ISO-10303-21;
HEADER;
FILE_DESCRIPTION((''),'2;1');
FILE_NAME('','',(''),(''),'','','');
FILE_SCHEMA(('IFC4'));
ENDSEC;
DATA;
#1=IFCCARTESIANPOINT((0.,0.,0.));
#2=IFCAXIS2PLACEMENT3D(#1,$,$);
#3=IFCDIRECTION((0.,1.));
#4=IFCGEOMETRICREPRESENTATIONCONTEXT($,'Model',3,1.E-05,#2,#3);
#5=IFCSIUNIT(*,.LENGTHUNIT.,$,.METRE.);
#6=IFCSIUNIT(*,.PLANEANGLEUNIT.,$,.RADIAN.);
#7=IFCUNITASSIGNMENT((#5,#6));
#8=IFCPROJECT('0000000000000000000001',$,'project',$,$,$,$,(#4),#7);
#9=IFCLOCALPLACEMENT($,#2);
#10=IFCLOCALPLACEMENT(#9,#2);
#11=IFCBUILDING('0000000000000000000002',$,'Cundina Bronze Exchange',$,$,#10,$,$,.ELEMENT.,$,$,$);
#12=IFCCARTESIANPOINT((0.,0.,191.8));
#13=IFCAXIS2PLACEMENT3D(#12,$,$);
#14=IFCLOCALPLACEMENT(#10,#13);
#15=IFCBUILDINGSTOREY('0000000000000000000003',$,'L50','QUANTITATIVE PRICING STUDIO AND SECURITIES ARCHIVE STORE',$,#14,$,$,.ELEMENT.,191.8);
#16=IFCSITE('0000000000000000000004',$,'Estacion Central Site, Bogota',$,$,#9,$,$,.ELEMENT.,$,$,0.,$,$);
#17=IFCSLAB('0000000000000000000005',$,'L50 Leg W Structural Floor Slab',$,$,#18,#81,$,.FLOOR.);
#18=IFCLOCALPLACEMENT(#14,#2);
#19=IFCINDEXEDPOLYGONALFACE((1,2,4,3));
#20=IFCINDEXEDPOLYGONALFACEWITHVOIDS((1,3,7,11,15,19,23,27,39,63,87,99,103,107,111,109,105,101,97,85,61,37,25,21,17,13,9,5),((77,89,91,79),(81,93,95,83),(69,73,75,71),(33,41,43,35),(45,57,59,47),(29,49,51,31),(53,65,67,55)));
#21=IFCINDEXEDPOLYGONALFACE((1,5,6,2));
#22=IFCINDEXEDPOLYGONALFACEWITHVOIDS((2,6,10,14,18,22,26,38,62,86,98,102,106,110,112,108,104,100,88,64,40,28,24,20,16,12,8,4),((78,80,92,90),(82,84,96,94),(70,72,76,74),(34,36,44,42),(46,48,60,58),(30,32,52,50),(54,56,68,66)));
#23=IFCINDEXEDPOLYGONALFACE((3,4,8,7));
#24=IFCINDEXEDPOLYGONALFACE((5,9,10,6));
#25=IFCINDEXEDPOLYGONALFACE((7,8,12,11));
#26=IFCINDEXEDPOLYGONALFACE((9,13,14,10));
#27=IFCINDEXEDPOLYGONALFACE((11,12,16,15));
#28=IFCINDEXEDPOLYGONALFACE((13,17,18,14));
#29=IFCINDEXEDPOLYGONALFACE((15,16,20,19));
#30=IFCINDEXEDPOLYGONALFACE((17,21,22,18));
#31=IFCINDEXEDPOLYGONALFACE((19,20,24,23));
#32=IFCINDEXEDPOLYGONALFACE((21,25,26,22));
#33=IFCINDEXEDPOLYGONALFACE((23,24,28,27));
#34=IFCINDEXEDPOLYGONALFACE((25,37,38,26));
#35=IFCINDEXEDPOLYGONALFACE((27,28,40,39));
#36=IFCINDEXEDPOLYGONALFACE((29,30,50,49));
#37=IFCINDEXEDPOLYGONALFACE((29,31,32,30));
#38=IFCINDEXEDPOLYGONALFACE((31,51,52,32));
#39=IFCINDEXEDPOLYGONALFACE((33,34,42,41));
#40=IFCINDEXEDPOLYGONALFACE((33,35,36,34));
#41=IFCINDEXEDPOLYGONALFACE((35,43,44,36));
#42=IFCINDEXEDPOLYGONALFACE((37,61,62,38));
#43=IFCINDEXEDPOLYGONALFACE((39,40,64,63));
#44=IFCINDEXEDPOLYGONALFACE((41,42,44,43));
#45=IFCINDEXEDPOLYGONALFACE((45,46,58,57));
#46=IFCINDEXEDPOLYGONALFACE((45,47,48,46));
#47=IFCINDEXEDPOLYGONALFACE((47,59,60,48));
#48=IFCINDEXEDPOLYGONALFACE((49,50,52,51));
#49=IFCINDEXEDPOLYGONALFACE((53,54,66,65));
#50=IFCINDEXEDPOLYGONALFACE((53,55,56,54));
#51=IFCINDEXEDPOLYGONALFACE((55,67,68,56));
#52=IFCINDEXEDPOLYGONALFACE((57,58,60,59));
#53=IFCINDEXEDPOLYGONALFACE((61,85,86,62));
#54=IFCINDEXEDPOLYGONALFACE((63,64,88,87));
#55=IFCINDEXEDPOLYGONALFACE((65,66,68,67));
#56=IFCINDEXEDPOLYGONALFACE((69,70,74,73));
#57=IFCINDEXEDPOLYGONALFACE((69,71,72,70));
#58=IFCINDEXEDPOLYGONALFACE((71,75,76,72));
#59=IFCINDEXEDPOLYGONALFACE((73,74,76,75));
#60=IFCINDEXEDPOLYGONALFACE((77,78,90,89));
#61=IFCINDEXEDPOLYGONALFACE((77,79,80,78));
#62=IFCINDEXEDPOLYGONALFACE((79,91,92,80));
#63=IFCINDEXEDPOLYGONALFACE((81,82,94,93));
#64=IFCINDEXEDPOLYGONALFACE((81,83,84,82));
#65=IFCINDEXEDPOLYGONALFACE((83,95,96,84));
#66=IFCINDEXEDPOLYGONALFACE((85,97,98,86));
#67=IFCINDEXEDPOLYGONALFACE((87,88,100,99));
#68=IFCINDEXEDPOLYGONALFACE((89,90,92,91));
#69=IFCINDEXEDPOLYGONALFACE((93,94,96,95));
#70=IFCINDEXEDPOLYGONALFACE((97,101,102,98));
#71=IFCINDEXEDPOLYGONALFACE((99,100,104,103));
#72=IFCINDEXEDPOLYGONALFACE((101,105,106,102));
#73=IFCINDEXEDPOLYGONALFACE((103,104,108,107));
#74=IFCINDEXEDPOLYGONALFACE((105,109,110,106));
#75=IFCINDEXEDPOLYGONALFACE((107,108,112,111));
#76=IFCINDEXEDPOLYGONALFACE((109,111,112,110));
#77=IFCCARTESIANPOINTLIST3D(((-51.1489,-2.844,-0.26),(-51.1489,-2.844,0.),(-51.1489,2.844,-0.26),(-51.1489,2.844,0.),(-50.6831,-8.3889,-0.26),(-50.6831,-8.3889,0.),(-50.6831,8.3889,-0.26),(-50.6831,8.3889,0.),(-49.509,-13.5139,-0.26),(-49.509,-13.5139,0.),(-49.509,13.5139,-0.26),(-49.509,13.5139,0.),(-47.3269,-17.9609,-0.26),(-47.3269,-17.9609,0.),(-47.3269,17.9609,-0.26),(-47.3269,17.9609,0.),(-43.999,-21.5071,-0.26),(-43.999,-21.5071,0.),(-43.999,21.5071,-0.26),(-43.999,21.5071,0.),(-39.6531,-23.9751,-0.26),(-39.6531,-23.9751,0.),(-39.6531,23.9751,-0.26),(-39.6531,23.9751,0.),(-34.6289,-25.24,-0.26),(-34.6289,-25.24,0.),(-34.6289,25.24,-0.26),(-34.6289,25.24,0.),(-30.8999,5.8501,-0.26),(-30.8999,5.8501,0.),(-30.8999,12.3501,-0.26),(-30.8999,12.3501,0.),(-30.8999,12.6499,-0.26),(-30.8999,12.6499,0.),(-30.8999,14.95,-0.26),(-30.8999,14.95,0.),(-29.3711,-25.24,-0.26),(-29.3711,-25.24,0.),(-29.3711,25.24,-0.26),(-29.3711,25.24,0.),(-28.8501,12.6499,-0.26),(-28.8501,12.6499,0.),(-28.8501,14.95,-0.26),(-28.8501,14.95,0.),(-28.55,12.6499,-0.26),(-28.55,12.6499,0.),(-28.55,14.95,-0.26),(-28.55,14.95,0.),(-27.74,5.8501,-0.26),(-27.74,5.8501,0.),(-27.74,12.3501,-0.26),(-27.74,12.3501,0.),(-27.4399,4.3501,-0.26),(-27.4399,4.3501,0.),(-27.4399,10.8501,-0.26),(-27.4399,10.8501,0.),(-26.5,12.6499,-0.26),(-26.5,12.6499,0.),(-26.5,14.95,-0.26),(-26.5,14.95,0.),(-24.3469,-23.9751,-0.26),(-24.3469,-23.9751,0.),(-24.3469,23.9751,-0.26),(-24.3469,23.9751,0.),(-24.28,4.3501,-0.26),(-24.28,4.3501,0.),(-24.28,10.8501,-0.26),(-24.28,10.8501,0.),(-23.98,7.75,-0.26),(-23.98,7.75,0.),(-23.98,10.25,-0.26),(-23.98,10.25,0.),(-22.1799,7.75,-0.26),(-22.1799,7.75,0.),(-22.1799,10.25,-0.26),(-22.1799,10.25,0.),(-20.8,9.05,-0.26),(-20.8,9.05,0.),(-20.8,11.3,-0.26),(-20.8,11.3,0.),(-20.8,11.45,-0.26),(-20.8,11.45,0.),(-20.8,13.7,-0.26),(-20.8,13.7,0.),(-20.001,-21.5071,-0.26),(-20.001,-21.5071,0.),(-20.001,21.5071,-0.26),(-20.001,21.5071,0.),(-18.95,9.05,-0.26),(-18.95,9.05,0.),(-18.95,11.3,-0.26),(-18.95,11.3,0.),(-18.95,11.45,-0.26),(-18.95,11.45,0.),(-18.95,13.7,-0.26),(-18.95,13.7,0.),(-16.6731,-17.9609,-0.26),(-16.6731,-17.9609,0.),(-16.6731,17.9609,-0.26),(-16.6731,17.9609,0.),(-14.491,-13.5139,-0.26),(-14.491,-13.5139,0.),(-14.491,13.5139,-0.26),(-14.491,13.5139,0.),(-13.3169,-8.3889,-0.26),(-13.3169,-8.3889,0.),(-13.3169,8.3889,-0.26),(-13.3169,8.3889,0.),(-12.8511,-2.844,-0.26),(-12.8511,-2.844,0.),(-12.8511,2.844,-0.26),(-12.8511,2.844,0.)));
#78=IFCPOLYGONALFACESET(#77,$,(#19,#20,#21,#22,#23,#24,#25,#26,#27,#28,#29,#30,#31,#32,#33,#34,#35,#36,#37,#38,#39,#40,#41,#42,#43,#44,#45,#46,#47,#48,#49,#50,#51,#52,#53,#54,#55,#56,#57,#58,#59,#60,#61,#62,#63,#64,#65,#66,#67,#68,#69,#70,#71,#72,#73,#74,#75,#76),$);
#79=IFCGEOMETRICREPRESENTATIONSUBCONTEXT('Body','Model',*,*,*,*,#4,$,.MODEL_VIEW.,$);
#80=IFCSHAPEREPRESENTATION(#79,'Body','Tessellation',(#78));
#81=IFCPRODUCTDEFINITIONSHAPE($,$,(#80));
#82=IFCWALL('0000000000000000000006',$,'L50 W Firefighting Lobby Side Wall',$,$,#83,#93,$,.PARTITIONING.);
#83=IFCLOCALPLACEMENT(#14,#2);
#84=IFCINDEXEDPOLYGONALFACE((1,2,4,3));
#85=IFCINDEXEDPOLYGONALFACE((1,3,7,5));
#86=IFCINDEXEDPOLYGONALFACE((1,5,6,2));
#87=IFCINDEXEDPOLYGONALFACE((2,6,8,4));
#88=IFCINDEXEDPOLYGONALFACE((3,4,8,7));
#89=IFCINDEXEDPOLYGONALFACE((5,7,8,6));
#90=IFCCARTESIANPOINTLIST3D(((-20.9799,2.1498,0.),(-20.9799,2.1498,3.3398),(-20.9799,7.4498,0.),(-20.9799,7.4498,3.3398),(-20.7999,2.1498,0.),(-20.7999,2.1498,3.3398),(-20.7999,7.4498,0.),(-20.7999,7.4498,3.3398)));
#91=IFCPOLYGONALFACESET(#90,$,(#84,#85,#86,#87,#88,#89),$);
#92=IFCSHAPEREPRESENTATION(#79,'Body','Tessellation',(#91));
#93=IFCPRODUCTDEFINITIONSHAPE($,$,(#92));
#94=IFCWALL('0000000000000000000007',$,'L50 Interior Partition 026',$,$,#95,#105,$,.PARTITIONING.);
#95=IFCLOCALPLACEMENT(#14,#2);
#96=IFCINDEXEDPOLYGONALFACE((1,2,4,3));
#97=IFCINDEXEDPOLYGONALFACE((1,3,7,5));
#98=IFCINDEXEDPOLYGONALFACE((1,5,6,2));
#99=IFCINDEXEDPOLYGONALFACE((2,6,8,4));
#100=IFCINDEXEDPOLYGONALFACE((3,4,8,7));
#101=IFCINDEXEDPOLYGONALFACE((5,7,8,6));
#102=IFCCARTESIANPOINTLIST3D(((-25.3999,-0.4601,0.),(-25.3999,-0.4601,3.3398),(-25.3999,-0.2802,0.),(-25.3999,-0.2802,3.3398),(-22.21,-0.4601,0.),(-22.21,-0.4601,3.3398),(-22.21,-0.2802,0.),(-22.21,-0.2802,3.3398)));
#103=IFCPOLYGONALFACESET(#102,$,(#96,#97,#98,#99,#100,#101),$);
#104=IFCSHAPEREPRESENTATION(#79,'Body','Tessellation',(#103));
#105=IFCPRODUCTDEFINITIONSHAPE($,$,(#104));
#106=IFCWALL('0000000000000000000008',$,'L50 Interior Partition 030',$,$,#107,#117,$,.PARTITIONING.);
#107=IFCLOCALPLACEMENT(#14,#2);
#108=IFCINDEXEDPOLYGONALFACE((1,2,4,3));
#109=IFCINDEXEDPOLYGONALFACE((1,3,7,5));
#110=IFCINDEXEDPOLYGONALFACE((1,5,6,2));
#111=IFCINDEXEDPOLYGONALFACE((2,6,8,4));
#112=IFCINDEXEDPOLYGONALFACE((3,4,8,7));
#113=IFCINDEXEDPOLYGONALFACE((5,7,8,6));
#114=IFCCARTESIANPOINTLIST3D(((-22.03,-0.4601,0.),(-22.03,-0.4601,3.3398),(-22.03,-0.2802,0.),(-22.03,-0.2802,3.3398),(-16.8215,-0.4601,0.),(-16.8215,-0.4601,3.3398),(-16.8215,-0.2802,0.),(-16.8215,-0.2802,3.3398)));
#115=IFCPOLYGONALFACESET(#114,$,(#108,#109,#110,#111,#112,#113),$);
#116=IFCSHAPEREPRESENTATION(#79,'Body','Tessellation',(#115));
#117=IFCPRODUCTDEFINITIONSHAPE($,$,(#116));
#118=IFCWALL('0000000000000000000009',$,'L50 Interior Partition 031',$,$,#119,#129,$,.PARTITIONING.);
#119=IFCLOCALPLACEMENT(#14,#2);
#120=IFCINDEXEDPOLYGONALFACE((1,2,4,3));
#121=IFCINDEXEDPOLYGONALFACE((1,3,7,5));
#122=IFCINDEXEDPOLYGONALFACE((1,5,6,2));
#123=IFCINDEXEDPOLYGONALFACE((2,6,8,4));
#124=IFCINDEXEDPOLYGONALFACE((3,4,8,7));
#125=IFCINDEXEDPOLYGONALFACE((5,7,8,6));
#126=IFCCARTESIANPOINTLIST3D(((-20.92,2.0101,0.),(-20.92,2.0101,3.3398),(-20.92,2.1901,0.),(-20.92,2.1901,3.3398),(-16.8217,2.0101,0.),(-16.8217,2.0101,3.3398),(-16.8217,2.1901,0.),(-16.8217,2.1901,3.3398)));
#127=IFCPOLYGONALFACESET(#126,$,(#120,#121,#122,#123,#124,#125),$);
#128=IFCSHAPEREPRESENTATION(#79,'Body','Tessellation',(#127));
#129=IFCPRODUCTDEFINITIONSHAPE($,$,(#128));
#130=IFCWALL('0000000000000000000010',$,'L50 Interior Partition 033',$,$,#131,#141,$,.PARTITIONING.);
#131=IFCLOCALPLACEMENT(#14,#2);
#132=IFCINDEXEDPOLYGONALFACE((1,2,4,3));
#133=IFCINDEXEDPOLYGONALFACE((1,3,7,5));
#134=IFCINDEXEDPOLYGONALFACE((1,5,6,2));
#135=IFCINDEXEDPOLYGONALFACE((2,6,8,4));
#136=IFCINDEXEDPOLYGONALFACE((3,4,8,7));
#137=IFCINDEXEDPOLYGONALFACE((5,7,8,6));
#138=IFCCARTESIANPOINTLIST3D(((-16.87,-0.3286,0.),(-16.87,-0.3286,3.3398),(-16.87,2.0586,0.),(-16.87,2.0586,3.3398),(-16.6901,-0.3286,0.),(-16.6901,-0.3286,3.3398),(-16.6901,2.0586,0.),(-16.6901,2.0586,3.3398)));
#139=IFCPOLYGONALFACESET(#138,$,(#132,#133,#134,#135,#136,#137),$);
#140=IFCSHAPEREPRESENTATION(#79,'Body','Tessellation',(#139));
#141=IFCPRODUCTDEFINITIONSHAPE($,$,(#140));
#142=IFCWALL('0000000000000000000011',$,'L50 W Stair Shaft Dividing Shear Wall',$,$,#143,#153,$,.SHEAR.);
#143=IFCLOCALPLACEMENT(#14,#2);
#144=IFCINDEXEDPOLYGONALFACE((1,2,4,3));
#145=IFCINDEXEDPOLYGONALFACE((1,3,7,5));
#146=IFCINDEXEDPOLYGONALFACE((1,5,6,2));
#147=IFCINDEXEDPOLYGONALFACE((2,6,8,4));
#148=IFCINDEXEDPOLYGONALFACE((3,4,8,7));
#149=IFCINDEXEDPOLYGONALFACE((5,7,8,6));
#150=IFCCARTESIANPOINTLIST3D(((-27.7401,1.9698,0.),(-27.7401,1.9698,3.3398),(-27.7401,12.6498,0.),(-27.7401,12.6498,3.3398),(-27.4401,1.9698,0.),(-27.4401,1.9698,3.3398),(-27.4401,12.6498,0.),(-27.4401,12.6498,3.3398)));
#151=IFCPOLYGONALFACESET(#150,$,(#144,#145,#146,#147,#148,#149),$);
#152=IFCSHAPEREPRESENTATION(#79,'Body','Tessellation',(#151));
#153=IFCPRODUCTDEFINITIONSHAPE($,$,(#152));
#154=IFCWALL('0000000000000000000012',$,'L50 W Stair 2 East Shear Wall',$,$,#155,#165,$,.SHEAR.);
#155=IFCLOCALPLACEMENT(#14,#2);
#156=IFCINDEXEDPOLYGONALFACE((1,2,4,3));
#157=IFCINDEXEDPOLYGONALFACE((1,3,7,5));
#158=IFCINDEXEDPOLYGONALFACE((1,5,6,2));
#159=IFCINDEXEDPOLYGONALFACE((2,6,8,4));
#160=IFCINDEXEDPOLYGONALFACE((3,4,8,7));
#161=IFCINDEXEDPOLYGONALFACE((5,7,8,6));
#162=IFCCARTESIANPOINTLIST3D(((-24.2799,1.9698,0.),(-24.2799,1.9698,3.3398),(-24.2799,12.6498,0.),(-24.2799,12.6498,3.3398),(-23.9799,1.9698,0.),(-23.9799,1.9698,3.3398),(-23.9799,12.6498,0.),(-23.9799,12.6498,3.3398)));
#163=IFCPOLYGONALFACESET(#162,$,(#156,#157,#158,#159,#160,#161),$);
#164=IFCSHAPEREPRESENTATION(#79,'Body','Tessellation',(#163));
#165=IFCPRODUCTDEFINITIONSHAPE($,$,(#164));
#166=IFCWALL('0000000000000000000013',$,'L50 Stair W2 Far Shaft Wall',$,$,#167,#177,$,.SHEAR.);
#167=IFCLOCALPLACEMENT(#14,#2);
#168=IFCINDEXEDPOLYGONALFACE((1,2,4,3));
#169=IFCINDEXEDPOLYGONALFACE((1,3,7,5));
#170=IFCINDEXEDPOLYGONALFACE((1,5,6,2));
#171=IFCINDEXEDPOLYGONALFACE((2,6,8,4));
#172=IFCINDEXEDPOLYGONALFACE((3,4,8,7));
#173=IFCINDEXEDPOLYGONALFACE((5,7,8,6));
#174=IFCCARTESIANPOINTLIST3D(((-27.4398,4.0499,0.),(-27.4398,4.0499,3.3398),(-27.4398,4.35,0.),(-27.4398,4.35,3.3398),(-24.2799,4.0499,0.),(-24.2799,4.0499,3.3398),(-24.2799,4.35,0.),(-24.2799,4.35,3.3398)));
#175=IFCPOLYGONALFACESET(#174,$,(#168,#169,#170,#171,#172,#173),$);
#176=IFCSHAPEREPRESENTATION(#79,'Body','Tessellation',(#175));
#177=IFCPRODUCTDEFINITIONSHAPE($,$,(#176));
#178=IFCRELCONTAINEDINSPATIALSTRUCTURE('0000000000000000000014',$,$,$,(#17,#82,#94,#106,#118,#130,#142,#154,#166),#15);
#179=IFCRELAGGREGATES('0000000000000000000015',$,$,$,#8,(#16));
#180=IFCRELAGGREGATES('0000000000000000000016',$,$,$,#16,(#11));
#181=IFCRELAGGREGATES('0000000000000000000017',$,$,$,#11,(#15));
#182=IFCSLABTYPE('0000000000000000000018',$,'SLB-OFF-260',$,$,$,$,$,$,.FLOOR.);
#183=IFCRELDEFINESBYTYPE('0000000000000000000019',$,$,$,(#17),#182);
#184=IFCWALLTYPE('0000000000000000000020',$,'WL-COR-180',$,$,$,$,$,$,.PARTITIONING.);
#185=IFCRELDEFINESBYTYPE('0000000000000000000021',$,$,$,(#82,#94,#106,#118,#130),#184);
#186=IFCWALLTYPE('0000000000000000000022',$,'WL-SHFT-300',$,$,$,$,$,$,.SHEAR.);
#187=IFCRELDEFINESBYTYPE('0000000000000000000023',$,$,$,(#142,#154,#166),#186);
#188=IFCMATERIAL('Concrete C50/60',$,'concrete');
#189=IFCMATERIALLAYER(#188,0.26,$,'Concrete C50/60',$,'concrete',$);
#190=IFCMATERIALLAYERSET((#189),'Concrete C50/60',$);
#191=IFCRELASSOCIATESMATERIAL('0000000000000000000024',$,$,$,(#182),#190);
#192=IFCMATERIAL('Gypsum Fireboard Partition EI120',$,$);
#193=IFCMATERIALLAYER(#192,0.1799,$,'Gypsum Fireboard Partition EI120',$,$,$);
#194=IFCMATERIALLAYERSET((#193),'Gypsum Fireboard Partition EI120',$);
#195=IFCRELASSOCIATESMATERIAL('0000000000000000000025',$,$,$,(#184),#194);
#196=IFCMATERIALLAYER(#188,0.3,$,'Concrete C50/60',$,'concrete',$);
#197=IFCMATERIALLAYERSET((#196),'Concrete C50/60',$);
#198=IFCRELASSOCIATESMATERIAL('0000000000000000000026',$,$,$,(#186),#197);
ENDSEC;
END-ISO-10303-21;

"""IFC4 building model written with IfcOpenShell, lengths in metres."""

from ifc_helpers import new_model, si_unit, direction, frame, frame_2d, origin, place, context, subcontext, project, spatial, polyline, rectangle, outline, extrude, material, layer, layer_set, type_object, element, save


model = new_model("IFC4")

# Units and contexts
model_context = context("Model", 3, precision=1e-05, world=origin(), true_north=direction((0.0, 1.0)))
body_context = subcontext(model_context, "Body", "Model", "MODEL_VIEW")
ifc_project = project(units=[si_unit("LENGTHUNIT", "METRE"), si_unit("PLANEANGLEUNIT", "RADIAN")], contexts=[model_context])

# Site, building, storey
site_placement = place(None, origin())
site = spatial("IfcSite", under=ifc_project, at=site_placement, Name="Estacion Central Site, Bogota", CompositionType="ELEMENT", RefElevation=0.0)
building_placement = place(site_placement, origin())
building = spatial("IfcBuilding", under=site, at=building_placement, Name="Cundina Bronze Exchange", CompositionType="ELEMENT")
storey_placement = place(building_placement, frame((0.0, 0.0, 191.8)))
storey = spatial("IfcBuildingStorey", under=building, at=storey_placement, Name="L50", Description="QUANTITATIVE PRICING STUDIO AND SECURITIES ARCHIVE STORE", CompositionType="ELEMENT", Elevation=191.8)

# Shared definitions
ifc_material_1 = material(Name="Concrete C50/60", Category="concrete")

# Slab
ifc_layer_1 = layer(ifc_material_1, 0.26, Name="Concrete C50/60", Category="concrete")
ifc_layer_set_1 = layer_set([ifc_layer_1], Name="Concrete C50/60")
slab_type = type_object("IfcSlabType", Name="SLB-OFF-260", PredefinedType="FLOOR", material=ifc_layer_set_1)
slab_placement = place(storey_placement, frame((0.0, 0.0, -0.26)))
element("IfcSlab", 1, at=slab_placement, inside=storey, type_object=slab_type, Name="L50 Leg W Structural Floor Slab", PredefinedType="FLOOR", context=body_context, shape_type="SweptSolid", body=[
    extrude(outline(polyline([(-12.8511, 2.844), (-13.3169, 8.3889), (-14.491, 13.5139), (-16.6731, 17.9609), (-20.001, 21.5071), (-24.3469, 23.9751), (-29.3711, 25.24), (-34.6289, 25.24), (-39.6531, 23.9751), (-43.999, 21.5071), (-47.3269, 17.9609), (-49.509, 13.5139), (-50.6831, 8.3889), (-51.1489, 2.844), (-51.1489, -2.844), (-50.6831, -8.3889), (-49.509, -13.5139), (-47.3269, -17.9609), (-43.999, -21.5071), (-39.6531, -23.9751), (-34.6289, -25.24), (-29.3711, -25.24), (-24.3469, -23.9751), (-20.001, -21.5071), (-16.6731, -17.9609), (-14.491, -13.5139), (-13.3169, -8.3889), (-12.8511, -2.844), (-12.8511, 2.844)]), holes=[polyline([(-27.74, 5.8501), (-27.74, 12.3501), (-30.8999, 12.3501), (-30.8999, 5.8501), (-27.74, 5.8501)]), polyline([(-27.4399, 10.8501), (-27.4399, 4.3501), (-24.28, 4.3501), (-24.28, 10.8501), (-27.4399, 10.8501)]), polyline([(-23.98, 10.25), (-22.1799, 10.25), (-22.1799, 7.75), (-23.98, 7.75), (-23.98, 10.25)]), polyline([(-30.8999, 14.95), (-28.8501, 14.95), (-28.8501, 12.6499), (-30.8999, 12.6499), (-30.8999, 14.95)]), polyline([(-28.55, 14.95), (-26.5, 14.95), (-26.5, 12.6499), (-28.55, 12.6499), (-28.55, 14.95)]), polyline([(-20.8, 13.7), (-18.95, 13.7), (-18.95, 11.45), (-20.8, 11.45), (-20.8, 13.7)]), polyline([(-20.8, 11.3), (-18.95, 11.3), (-18.95, 9.05), (-20.8, 9.05), (-20.8, 11.3)])]), origin(), (0.0, 0.0, 1.0), 0.26),
])

# Wall
ifc_material_2 = material(Name="Gypsum Fireboard Partition EI120")
ifc_layer_2 = layer(ifc_material_2, 0.1799, Name="Gypsum Fireboard Partition EI120")
ifc_layer_set_2 = layer_set([ifc_layer_2], Name="Gypsum Fireboard Partition EI120")
wall_type_1 = type_object("IfcWallType", Name="WL-COR-180", PredefinedType="PARTITIONING", material=ifc_layer_set_2)
wall_1_placement = place(storey_placement, frame((-20.8899, 2.1499, 0.0), z_axis=(0.0, 0.0, 1.0), x_axis=(0.0, 1.0, 0.0)))
element("IfcWall", 2, at=wall_1_placement, inside=storey, type_object=wall_type_1, Name="L50 W Firefighting Lobby Side Wall", PredefinedType="PARTITIONING", context=body_context, shape_type="SweptSolid", body=[
    extrude(rectangle(XDim=5.3, YDim=0.1799, at=frame_2d((2.6499, 0.0))), origin(), (0.0, 0.0, 1.0), 3.3398),
])

# Walls
wall_2_placement = place(storey_placement, frame((-25.3999, -0.3701, 0.0), z_axis=(0.0, 0.0, 1.0), x_axis=(1.0, 0.0, 0.0)))
element("IfcWall", 3, at=wall_2_placement, inside=storey, type_object=wall_type_1, Name="L50 Interior Partition 026", PredefinedType="PARTITIONING", context=body_context, shape_type="SweptSolid", body=[
    extrude(rectangle(XDim=3.1899, YDim=0.1799, at=frame_2d((1.595, 0.0))), origin(), (0.0, 0.0, 1.0), 3.3398),
])
wall_3_placement = place(storey_placement, frame((-22.03, -0.3701, 0.0), z_axis=(0.0, 0.0, 1.0), x_axis=(1.0, 0.0, 0.0)))
element("IfcWall", 4, at=wall_3_placement, inside=storey, type_object=wall_type_1, Name="L50 Interior Partition 030", PredefinedType="PARTITIONING", context=body_context, shape_type="SweptSolid", body=[
    extrude(rectangle(XDim=5.2085, YDim=0.1799, at=frame_2d((2.6042, 0.0))), origin(), (0.0, 0.0, 1.0), 3.3398),
])
wall_4_placement = place(storey_placement, frame((-16.8215, 2.1001, 0.0), z_axis=(0.0, 0.0, 1.0), x_axis=(-1.0, 0.0, 0.0)))
element("IfcWall", 5, at=wall_4_placement, inside=storey, type_object=wall_type_1, Name="L50 Interior Partition 031", PredefinedType="PARTITIONING", context=body_context, shape_type="SweptSolid", body=[
    extrude(rectangle(XDim=4.0984, YDim=0.1799, at=frame_2d((2.0493, 0.0))), origin(), (0.0, 0.0, 1.0), 3.3398),
])
wall_5_placement = place(storey_placement, frame((-16.78, -0.3286, 0.0), z_axis=(0.0, 0.0, 1.0), x_axis=(0.0, 1.0, 0.0)))
element("IfcWall", 6, at=wall_5_placement, inside=storey, type_object=wall_type_1, Name="L50 Interior Partition 033", PredefinedType="PARTITIONING", context=body_context, shape_type="SweptSolid", body=[
    extrude(rectangle(XDim=2.3872, YDim=0.1799, at=frame_2d((1.1936, 0.0))), origin(), (0.0, 0.0, 1.0), 3.3398),
])
ifc_layer_3 = layer(ifc_material_1, 0.3, Name="Concrete C50/60", Category="concrete")
ifc_layer_set_3 = layer_set([ifc_layer_3], Name="Concrete C50/60")
wall_type_2 = type_object("IfcWallType", Name="WL-SHFT-300", PredefinedType="SHEAR", material=ifc_layer_set_3)
for number, where, z_axis, x_axis, name in (
    (7, (-27.5901, 1.97, 0.0), (0.0, 0.0, 1.0), (0.0, 1.0, 0.0), "L50 W Stair Shaft Dividing Shear Wall"),
    (8, (-24.1299, 1.97, 0.0), (0.0, 0.0, 1.0), (0.0, 1.0, 0.0), "L50 W Stair 2 East Shear Wall"),
):
    element("IfcWall", number, at=place(storey_placement, frame(where, z_axis=z_axis, x_axis=x_axis)), inside=storey, type_object=wall_type_2, Name=name, PredefinedType="SHEAR", context=body_context, shape_type="SweptSolid", body=[
        extrude(rectangle(XDim=10.6799, YDim=0.3, at=frame_2d((5.3398, 0.0))), origin(), (0.0, 0.0, 1.0), 3.3398),
    ])
wall_6_placement = place(storey_placement, frame((-27.4399, 4.2, 0.0), z_axis=(0.0, 0.0, 1.0), x_axis=(1.0, 0.0, 0.0)))
element("IfcWall", 9, at=wall_6_placement, inside=storey, type_object=wall_type_2, Name="L50 Stair W2 Far Shaft Wall", PredefinedType="SHEAR", context=body_context, shape_type="SweptSolid", body=[
    extrude(rectangle(XDim=3.1599, YDim=0.3, at=frame_2d((1.5801, 0.0))), origin(), (0.0, 0.0, 1.0), 3.3398),
])

save(model, "model.ifc")
